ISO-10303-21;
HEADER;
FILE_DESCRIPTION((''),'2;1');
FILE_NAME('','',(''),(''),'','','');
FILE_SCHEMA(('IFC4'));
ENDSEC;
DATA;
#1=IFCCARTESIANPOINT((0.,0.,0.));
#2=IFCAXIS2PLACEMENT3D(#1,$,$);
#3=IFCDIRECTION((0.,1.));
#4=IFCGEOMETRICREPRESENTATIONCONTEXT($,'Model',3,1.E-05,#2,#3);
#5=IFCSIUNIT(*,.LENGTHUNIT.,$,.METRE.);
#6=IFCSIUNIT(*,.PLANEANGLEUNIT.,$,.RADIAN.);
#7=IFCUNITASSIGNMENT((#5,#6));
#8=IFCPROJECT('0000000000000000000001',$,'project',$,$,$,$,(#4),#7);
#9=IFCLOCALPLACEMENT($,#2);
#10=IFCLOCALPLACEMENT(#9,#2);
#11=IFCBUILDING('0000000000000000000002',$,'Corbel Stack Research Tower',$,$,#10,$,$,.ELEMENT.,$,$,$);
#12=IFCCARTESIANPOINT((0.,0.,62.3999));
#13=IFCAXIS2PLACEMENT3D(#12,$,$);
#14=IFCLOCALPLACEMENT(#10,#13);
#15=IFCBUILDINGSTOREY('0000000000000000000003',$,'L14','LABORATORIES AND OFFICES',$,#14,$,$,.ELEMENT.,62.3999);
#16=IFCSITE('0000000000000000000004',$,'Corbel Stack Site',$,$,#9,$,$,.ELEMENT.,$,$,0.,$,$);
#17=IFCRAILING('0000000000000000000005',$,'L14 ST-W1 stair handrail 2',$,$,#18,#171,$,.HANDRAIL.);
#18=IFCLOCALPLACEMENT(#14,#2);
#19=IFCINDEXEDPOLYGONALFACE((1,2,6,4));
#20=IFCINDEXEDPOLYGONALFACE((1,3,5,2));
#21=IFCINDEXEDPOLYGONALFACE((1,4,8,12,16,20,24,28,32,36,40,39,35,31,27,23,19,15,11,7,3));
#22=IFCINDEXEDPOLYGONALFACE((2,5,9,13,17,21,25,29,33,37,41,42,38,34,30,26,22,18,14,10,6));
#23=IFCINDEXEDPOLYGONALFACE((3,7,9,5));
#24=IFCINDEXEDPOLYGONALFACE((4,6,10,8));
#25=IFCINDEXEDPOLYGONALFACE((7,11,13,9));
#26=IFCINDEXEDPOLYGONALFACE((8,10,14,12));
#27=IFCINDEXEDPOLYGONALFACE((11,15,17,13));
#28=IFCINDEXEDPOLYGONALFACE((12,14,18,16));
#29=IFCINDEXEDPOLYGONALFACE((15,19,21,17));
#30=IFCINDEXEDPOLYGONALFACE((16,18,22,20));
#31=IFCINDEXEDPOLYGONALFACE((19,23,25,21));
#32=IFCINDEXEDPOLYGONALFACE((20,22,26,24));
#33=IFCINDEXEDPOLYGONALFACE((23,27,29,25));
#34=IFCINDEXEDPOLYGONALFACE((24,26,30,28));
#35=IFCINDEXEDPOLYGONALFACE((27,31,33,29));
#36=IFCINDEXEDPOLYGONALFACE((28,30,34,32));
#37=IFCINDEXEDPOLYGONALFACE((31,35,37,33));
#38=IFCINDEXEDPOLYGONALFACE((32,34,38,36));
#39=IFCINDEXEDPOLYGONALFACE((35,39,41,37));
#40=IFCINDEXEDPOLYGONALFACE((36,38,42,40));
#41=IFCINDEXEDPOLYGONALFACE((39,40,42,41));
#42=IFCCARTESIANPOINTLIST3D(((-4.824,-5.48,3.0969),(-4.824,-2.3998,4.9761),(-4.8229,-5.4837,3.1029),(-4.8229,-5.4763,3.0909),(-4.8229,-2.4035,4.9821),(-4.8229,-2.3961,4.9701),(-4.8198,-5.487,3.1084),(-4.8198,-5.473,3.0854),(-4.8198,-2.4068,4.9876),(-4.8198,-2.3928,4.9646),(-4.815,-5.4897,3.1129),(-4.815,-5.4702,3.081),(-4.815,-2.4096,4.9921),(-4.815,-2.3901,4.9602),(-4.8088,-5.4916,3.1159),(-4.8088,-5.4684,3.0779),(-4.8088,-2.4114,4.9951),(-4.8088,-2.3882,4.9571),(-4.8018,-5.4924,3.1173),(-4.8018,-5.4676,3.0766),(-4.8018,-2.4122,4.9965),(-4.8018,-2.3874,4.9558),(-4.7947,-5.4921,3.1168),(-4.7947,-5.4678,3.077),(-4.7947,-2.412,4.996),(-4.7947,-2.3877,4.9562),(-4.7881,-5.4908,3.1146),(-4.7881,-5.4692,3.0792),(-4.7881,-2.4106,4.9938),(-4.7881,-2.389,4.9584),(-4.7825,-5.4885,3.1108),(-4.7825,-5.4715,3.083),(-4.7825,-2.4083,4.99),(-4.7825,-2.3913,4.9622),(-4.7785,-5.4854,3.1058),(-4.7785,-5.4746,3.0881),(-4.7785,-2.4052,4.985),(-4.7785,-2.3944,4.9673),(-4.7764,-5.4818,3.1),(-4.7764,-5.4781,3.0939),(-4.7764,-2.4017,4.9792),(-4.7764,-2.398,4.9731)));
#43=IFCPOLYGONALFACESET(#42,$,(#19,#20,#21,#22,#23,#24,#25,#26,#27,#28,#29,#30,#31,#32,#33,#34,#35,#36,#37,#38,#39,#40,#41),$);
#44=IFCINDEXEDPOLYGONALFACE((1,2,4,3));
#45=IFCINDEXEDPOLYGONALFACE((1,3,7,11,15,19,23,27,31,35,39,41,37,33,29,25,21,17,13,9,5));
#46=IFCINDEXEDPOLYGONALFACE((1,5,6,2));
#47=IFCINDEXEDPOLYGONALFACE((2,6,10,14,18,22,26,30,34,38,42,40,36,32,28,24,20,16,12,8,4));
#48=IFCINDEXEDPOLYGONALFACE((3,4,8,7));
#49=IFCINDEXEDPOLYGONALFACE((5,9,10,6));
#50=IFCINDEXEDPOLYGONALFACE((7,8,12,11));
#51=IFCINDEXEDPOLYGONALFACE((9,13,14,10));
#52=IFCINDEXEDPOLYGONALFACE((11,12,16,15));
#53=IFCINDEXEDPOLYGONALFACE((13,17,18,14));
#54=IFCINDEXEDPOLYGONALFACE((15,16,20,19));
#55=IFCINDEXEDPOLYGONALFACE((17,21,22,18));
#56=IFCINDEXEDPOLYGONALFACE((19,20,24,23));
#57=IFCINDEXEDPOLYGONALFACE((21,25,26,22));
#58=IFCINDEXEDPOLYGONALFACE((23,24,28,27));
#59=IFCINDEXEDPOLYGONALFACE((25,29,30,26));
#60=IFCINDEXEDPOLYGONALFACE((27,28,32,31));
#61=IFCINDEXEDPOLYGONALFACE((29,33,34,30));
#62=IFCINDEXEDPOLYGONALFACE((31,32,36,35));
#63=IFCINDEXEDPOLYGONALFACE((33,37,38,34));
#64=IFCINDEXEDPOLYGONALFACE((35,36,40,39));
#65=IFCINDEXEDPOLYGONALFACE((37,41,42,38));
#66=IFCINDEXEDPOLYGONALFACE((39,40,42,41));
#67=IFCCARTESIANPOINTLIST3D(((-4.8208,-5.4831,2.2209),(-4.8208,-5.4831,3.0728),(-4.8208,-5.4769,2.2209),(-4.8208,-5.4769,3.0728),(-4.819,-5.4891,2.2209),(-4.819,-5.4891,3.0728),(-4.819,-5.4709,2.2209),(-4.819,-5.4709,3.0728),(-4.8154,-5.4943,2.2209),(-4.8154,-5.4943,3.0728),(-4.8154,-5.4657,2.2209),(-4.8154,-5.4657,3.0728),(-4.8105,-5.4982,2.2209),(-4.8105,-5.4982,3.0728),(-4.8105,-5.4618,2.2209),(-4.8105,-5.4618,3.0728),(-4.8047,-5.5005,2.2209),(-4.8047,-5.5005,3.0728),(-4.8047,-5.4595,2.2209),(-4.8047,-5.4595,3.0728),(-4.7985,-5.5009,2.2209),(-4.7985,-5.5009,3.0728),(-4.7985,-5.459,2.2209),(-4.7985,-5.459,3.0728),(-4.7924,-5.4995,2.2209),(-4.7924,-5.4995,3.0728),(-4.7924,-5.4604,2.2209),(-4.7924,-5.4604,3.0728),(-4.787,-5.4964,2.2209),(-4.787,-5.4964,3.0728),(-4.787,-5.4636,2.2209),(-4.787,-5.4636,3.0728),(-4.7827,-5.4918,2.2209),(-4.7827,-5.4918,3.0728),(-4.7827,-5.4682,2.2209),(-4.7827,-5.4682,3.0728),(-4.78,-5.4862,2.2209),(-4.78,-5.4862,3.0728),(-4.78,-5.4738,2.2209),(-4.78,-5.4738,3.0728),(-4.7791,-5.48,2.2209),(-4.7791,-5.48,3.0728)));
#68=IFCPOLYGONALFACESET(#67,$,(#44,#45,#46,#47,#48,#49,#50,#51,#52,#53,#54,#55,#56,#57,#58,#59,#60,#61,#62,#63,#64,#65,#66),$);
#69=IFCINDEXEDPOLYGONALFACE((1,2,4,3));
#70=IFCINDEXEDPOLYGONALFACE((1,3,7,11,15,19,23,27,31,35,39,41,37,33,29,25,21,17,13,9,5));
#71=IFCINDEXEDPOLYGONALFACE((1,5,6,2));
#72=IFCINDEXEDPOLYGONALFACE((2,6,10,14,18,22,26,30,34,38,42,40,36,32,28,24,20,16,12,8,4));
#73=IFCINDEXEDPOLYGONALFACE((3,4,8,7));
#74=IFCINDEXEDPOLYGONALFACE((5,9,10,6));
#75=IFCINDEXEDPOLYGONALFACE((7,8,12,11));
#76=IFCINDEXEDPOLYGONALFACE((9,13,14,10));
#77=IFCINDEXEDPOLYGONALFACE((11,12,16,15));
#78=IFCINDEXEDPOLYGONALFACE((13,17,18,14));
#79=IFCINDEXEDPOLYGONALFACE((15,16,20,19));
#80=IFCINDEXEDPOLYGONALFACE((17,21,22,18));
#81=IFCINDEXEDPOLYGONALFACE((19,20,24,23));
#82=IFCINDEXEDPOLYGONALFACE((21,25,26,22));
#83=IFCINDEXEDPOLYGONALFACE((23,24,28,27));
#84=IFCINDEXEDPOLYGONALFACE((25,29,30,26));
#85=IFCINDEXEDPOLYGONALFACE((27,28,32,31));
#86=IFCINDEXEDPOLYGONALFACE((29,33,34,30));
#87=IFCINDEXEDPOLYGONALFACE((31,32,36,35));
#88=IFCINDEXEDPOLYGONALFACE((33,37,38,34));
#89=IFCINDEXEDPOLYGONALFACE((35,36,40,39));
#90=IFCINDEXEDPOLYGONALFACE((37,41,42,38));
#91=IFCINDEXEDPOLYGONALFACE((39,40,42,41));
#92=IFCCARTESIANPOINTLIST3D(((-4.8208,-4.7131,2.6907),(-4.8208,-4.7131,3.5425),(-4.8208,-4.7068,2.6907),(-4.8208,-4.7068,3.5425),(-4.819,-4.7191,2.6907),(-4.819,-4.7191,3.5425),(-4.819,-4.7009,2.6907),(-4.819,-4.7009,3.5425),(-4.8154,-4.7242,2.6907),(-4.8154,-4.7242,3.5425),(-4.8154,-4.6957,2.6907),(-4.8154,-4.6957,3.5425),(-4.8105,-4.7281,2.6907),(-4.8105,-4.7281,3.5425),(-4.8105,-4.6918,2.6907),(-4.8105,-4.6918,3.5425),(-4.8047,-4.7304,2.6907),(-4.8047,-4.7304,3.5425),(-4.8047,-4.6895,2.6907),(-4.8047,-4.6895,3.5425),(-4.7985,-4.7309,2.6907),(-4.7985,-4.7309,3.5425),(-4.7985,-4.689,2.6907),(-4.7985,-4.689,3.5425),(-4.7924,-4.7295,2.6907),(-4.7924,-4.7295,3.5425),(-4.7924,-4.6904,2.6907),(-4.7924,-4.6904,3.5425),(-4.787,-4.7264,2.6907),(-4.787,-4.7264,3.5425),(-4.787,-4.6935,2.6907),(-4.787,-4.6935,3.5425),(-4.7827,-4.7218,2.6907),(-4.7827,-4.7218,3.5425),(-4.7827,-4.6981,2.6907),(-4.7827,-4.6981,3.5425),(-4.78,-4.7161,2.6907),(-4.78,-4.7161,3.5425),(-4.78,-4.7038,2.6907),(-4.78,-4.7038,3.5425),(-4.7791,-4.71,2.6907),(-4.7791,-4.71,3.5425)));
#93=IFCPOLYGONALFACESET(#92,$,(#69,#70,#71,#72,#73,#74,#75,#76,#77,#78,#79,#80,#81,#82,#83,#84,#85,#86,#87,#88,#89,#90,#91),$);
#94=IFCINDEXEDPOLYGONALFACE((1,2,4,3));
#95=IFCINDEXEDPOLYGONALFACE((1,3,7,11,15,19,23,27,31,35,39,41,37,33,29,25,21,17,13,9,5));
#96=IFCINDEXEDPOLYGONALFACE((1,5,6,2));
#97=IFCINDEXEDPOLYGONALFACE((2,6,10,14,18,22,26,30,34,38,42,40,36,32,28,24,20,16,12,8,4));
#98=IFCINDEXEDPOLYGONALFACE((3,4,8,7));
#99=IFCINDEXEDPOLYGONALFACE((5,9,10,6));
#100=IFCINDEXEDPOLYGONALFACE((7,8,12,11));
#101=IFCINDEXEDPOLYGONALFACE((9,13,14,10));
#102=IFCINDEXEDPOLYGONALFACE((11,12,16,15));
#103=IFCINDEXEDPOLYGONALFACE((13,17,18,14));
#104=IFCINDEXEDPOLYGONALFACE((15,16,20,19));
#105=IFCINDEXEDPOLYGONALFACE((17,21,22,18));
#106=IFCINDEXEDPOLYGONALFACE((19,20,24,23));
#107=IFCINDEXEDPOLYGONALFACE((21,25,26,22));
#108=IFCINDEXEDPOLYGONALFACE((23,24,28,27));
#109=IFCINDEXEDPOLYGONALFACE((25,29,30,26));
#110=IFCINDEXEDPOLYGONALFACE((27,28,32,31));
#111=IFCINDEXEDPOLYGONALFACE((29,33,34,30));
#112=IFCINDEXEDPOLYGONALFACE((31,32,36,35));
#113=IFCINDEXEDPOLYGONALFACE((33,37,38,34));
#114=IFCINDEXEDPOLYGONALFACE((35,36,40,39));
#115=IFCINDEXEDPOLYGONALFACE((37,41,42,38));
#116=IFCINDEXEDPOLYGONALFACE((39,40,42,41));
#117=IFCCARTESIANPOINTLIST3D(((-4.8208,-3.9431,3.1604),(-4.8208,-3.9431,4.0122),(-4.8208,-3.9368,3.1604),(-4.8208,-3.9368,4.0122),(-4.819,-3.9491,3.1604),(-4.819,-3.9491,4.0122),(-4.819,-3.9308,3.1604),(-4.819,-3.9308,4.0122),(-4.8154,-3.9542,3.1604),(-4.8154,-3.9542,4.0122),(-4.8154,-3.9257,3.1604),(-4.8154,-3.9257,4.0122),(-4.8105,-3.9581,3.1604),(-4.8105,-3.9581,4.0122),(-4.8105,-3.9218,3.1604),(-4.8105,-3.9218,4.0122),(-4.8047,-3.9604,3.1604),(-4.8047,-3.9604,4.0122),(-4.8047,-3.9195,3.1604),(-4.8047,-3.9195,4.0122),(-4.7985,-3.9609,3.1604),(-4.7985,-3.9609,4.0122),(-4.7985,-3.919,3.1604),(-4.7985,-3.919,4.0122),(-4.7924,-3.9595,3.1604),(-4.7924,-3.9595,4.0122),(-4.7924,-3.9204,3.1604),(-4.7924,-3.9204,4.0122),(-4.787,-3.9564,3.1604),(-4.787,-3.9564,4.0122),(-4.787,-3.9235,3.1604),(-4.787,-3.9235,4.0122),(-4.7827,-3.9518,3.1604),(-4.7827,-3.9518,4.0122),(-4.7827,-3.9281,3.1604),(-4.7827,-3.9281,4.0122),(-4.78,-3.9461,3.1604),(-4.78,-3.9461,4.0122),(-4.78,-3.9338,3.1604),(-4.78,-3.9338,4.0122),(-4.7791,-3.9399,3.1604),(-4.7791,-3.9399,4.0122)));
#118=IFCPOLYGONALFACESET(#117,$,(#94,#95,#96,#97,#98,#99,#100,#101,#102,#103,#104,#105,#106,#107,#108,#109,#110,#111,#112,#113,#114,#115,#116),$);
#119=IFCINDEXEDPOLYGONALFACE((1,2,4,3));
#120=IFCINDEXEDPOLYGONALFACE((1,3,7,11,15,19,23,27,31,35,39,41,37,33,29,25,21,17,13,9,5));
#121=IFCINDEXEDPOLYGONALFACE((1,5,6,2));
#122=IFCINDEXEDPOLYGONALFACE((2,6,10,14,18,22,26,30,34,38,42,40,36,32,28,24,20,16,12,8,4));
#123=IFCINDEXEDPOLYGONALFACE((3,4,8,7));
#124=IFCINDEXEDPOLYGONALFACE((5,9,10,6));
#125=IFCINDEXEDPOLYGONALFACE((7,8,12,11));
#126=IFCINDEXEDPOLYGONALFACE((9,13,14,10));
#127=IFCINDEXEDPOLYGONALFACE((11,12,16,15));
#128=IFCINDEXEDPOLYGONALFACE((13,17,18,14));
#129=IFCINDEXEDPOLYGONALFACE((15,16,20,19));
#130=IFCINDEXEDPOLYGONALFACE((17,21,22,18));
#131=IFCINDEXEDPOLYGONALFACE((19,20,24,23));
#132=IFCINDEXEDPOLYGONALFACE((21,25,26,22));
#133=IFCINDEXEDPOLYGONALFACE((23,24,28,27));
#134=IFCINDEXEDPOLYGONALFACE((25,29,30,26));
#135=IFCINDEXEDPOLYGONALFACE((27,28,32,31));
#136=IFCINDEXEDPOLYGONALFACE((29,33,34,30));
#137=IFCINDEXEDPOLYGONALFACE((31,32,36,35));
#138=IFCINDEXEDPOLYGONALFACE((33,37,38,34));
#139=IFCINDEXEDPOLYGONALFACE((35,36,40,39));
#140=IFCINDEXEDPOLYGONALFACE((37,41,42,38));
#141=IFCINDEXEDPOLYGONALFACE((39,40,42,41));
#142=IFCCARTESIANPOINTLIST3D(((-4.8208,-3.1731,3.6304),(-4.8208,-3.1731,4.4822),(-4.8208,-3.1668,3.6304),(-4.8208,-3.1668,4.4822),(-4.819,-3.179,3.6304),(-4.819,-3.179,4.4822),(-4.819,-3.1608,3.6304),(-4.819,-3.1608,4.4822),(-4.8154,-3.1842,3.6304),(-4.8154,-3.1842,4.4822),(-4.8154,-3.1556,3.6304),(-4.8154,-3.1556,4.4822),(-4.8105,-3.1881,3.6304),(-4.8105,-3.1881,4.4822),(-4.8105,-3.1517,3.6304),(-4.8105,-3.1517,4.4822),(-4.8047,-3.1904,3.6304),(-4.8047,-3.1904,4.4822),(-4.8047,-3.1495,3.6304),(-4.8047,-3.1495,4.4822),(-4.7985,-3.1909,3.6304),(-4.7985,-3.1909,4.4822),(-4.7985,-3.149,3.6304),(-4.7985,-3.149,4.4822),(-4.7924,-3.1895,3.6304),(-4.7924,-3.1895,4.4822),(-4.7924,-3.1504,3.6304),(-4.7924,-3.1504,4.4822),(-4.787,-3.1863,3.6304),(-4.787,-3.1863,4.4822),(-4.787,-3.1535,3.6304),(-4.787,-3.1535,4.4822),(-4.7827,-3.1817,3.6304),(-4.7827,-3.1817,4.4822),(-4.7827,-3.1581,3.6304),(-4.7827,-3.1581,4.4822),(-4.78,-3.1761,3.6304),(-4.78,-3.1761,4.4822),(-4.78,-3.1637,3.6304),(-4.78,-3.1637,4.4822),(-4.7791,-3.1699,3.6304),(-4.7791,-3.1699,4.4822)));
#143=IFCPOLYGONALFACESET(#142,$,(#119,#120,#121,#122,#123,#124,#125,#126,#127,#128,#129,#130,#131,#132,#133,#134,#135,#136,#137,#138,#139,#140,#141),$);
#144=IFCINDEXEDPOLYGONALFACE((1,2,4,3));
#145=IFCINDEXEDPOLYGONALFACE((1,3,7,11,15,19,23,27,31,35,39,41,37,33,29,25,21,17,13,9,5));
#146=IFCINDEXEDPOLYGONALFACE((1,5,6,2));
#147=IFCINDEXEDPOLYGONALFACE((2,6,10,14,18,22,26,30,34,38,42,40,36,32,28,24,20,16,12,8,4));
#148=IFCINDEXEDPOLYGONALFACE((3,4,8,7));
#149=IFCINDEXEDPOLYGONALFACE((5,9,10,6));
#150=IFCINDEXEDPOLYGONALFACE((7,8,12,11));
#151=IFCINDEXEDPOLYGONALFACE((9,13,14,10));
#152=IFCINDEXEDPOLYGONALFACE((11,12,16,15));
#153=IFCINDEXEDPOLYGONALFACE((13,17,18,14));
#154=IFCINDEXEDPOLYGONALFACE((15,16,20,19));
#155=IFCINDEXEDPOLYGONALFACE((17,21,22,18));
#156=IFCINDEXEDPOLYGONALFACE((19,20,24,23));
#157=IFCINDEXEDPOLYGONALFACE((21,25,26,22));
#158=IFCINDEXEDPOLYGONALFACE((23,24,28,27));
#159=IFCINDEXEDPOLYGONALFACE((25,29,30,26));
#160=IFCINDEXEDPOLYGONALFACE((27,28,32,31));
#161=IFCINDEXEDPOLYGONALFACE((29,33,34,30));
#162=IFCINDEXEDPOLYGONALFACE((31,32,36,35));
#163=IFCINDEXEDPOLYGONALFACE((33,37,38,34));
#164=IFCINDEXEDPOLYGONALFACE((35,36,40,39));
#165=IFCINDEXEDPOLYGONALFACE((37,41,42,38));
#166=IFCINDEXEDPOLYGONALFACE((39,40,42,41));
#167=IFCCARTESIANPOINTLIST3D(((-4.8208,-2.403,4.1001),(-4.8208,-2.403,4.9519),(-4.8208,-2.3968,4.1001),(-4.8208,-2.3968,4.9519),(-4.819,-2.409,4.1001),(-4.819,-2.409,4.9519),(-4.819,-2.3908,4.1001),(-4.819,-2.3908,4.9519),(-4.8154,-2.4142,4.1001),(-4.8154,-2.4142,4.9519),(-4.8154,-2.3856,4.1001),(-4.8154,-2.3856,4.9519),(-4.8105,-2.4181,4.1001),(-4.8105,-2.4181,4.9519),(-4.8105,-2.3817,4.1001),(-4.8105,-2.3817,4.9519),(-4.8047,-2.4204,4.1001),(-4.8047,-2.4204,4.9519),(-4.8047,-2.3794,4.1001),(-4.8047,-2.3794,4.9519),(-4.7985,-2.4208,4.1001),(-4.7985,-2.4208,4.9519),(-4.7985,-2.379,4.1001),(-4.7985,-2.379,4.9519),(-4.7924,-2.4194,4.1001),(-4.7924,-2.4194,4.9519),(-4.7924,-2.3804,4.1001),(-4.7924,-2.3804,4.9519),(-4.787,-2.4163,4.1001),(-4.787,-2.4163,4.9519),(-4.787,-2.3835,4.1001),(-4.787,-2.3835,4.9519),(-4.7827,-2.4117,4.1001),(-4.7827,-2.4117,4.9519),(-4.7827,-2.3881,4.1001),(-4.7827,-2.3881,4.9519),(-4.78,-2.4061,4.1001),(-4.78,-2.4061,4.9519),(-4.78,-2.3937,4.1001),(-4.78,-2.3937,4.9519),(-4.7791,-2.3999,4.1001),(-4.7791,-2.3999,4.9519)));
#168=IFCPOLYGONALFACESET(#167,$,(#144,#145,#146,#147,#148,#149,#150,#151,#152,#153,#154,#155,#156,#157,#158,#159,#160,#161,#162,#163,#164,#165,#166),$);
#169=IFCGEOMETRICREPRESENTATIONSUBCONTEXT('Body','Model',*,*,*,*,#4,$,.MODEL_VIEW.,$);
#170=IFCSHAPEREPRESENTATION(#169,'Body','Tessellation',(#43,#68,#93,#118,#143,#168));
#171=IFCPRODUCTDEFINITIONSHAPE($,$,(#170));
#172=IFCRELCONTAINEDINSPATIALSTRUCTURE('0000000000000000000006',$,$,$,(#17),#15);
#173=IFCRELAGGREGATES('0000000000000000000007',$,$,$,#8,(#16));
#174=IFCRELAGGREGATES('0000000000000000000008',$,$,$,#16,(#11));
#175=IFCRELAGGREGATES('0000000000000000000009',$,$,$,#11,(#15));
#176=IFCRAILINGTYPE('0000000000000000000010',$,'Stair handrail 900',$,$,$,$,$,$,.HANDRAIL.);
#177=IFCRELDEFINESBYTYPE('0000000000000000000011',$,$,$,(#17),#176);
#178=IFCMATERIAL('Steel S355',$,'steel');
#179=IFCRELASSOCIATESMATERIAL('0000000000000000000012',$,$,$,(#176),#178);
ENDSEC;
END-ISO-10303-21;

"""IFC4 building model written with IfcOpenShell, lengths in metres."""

from ifc_helpers import new_model, si_unit, direction, frame, origin, origin_2d, place, context, subcontext, project, spatial, circle, extrude, material, type_object, element, save


model = new_model("IFC4")

# Units and contexts
model_context = context("Model", 3, precision=1e-05, world=origin(), true_north=direction((0.0, 1.0)))
body_context = subcontext(model_context, "Body", "Model", "MODEL_VIEW")
ifc_project = project(units=[si_unit("LENGTHUNIT", "METRE"), si_unit("PLANEANGLEUNIT", "RADIAN")], contexts=[model_context])

# Site, building, storey
site_placement = place(None, origin())
site = spatial("IfcSite", under=ifc_project, at=site_placement, Name="Corbel Stack Site", CompositionType="ELEMENT", RefElevation=0.0)
building_placement = place(site_placement, origin())
building = spatial("IfcBuilding", under=site, at=building_placement, Name="Corbel Stack Research Tower", CompositionType="ELEMENT")
storey_placement = place(building_placement, frame((0.0, 0.0, 62.3999)))
storey = spatial("IfcBuildingStorey", under=building, at=storey_placement, Name="L14", Description="LABORATORIES AND OFFICES", CompositionType="ELEMENT", Elevation=62.3999)

# Railing
ifc_material_1 = material(Name="Steel S355", Category="steel")
railing_type = type_object("IfcRailingType", Name="Stair handrail 900", PredefinedType="HANDRAIL", material=ifc_material_1)
railing_placement = place(storey_placement, frame((-4.8, -5.48, 2.2209)))
element("IfcRailing", 1, at=railing_placement, inside=storey, type_object=railing_type, Name="L14 ST-W1 stair handrail 2", PredefinedType="HANDRAIL", context=body_context, shape_type="SweptSolid", body=[
    extrude(circle(Radius=0.0239, at=origin_2d()), frame((0.0, 0.0, 0.876), z_axis=(0.0, 0.853666, 0.52082), x_axis=(-1.0, 0.0, 0.0)), (0.0, 0.0, 1.0), 3.6082),
    extrude(circle(Radius=0.021, at=origin_2d()), origin(), (0.0, 0.0, 1.0), 0.8518),
    extrude(circle(Radius=0.021, at=origin_2d()), frame((0.0, 0.77, 0.4697)), (0.0, 0.0, 1.0), 0.8518),
    extrude(circle(Radius=0.021, at=origin_2d()), frame((0.0, 1.54, 0.9395)), (0.0, 0.0, 1.0), 0.8518),
    extrude(circle(Radius=0.021, at=origin_2d()), frame((0.0, 2.3101, 1.4094)), (0.0, 0.0, 1.0), 0.8518),
    extrude(circle(Radius=0.021, at=origin_2d()), frame((0.0, 3.0801, 1.8792)), (0.0, 0.0, 1.0), 0.8518),
])

save(model, "model.ifc")
